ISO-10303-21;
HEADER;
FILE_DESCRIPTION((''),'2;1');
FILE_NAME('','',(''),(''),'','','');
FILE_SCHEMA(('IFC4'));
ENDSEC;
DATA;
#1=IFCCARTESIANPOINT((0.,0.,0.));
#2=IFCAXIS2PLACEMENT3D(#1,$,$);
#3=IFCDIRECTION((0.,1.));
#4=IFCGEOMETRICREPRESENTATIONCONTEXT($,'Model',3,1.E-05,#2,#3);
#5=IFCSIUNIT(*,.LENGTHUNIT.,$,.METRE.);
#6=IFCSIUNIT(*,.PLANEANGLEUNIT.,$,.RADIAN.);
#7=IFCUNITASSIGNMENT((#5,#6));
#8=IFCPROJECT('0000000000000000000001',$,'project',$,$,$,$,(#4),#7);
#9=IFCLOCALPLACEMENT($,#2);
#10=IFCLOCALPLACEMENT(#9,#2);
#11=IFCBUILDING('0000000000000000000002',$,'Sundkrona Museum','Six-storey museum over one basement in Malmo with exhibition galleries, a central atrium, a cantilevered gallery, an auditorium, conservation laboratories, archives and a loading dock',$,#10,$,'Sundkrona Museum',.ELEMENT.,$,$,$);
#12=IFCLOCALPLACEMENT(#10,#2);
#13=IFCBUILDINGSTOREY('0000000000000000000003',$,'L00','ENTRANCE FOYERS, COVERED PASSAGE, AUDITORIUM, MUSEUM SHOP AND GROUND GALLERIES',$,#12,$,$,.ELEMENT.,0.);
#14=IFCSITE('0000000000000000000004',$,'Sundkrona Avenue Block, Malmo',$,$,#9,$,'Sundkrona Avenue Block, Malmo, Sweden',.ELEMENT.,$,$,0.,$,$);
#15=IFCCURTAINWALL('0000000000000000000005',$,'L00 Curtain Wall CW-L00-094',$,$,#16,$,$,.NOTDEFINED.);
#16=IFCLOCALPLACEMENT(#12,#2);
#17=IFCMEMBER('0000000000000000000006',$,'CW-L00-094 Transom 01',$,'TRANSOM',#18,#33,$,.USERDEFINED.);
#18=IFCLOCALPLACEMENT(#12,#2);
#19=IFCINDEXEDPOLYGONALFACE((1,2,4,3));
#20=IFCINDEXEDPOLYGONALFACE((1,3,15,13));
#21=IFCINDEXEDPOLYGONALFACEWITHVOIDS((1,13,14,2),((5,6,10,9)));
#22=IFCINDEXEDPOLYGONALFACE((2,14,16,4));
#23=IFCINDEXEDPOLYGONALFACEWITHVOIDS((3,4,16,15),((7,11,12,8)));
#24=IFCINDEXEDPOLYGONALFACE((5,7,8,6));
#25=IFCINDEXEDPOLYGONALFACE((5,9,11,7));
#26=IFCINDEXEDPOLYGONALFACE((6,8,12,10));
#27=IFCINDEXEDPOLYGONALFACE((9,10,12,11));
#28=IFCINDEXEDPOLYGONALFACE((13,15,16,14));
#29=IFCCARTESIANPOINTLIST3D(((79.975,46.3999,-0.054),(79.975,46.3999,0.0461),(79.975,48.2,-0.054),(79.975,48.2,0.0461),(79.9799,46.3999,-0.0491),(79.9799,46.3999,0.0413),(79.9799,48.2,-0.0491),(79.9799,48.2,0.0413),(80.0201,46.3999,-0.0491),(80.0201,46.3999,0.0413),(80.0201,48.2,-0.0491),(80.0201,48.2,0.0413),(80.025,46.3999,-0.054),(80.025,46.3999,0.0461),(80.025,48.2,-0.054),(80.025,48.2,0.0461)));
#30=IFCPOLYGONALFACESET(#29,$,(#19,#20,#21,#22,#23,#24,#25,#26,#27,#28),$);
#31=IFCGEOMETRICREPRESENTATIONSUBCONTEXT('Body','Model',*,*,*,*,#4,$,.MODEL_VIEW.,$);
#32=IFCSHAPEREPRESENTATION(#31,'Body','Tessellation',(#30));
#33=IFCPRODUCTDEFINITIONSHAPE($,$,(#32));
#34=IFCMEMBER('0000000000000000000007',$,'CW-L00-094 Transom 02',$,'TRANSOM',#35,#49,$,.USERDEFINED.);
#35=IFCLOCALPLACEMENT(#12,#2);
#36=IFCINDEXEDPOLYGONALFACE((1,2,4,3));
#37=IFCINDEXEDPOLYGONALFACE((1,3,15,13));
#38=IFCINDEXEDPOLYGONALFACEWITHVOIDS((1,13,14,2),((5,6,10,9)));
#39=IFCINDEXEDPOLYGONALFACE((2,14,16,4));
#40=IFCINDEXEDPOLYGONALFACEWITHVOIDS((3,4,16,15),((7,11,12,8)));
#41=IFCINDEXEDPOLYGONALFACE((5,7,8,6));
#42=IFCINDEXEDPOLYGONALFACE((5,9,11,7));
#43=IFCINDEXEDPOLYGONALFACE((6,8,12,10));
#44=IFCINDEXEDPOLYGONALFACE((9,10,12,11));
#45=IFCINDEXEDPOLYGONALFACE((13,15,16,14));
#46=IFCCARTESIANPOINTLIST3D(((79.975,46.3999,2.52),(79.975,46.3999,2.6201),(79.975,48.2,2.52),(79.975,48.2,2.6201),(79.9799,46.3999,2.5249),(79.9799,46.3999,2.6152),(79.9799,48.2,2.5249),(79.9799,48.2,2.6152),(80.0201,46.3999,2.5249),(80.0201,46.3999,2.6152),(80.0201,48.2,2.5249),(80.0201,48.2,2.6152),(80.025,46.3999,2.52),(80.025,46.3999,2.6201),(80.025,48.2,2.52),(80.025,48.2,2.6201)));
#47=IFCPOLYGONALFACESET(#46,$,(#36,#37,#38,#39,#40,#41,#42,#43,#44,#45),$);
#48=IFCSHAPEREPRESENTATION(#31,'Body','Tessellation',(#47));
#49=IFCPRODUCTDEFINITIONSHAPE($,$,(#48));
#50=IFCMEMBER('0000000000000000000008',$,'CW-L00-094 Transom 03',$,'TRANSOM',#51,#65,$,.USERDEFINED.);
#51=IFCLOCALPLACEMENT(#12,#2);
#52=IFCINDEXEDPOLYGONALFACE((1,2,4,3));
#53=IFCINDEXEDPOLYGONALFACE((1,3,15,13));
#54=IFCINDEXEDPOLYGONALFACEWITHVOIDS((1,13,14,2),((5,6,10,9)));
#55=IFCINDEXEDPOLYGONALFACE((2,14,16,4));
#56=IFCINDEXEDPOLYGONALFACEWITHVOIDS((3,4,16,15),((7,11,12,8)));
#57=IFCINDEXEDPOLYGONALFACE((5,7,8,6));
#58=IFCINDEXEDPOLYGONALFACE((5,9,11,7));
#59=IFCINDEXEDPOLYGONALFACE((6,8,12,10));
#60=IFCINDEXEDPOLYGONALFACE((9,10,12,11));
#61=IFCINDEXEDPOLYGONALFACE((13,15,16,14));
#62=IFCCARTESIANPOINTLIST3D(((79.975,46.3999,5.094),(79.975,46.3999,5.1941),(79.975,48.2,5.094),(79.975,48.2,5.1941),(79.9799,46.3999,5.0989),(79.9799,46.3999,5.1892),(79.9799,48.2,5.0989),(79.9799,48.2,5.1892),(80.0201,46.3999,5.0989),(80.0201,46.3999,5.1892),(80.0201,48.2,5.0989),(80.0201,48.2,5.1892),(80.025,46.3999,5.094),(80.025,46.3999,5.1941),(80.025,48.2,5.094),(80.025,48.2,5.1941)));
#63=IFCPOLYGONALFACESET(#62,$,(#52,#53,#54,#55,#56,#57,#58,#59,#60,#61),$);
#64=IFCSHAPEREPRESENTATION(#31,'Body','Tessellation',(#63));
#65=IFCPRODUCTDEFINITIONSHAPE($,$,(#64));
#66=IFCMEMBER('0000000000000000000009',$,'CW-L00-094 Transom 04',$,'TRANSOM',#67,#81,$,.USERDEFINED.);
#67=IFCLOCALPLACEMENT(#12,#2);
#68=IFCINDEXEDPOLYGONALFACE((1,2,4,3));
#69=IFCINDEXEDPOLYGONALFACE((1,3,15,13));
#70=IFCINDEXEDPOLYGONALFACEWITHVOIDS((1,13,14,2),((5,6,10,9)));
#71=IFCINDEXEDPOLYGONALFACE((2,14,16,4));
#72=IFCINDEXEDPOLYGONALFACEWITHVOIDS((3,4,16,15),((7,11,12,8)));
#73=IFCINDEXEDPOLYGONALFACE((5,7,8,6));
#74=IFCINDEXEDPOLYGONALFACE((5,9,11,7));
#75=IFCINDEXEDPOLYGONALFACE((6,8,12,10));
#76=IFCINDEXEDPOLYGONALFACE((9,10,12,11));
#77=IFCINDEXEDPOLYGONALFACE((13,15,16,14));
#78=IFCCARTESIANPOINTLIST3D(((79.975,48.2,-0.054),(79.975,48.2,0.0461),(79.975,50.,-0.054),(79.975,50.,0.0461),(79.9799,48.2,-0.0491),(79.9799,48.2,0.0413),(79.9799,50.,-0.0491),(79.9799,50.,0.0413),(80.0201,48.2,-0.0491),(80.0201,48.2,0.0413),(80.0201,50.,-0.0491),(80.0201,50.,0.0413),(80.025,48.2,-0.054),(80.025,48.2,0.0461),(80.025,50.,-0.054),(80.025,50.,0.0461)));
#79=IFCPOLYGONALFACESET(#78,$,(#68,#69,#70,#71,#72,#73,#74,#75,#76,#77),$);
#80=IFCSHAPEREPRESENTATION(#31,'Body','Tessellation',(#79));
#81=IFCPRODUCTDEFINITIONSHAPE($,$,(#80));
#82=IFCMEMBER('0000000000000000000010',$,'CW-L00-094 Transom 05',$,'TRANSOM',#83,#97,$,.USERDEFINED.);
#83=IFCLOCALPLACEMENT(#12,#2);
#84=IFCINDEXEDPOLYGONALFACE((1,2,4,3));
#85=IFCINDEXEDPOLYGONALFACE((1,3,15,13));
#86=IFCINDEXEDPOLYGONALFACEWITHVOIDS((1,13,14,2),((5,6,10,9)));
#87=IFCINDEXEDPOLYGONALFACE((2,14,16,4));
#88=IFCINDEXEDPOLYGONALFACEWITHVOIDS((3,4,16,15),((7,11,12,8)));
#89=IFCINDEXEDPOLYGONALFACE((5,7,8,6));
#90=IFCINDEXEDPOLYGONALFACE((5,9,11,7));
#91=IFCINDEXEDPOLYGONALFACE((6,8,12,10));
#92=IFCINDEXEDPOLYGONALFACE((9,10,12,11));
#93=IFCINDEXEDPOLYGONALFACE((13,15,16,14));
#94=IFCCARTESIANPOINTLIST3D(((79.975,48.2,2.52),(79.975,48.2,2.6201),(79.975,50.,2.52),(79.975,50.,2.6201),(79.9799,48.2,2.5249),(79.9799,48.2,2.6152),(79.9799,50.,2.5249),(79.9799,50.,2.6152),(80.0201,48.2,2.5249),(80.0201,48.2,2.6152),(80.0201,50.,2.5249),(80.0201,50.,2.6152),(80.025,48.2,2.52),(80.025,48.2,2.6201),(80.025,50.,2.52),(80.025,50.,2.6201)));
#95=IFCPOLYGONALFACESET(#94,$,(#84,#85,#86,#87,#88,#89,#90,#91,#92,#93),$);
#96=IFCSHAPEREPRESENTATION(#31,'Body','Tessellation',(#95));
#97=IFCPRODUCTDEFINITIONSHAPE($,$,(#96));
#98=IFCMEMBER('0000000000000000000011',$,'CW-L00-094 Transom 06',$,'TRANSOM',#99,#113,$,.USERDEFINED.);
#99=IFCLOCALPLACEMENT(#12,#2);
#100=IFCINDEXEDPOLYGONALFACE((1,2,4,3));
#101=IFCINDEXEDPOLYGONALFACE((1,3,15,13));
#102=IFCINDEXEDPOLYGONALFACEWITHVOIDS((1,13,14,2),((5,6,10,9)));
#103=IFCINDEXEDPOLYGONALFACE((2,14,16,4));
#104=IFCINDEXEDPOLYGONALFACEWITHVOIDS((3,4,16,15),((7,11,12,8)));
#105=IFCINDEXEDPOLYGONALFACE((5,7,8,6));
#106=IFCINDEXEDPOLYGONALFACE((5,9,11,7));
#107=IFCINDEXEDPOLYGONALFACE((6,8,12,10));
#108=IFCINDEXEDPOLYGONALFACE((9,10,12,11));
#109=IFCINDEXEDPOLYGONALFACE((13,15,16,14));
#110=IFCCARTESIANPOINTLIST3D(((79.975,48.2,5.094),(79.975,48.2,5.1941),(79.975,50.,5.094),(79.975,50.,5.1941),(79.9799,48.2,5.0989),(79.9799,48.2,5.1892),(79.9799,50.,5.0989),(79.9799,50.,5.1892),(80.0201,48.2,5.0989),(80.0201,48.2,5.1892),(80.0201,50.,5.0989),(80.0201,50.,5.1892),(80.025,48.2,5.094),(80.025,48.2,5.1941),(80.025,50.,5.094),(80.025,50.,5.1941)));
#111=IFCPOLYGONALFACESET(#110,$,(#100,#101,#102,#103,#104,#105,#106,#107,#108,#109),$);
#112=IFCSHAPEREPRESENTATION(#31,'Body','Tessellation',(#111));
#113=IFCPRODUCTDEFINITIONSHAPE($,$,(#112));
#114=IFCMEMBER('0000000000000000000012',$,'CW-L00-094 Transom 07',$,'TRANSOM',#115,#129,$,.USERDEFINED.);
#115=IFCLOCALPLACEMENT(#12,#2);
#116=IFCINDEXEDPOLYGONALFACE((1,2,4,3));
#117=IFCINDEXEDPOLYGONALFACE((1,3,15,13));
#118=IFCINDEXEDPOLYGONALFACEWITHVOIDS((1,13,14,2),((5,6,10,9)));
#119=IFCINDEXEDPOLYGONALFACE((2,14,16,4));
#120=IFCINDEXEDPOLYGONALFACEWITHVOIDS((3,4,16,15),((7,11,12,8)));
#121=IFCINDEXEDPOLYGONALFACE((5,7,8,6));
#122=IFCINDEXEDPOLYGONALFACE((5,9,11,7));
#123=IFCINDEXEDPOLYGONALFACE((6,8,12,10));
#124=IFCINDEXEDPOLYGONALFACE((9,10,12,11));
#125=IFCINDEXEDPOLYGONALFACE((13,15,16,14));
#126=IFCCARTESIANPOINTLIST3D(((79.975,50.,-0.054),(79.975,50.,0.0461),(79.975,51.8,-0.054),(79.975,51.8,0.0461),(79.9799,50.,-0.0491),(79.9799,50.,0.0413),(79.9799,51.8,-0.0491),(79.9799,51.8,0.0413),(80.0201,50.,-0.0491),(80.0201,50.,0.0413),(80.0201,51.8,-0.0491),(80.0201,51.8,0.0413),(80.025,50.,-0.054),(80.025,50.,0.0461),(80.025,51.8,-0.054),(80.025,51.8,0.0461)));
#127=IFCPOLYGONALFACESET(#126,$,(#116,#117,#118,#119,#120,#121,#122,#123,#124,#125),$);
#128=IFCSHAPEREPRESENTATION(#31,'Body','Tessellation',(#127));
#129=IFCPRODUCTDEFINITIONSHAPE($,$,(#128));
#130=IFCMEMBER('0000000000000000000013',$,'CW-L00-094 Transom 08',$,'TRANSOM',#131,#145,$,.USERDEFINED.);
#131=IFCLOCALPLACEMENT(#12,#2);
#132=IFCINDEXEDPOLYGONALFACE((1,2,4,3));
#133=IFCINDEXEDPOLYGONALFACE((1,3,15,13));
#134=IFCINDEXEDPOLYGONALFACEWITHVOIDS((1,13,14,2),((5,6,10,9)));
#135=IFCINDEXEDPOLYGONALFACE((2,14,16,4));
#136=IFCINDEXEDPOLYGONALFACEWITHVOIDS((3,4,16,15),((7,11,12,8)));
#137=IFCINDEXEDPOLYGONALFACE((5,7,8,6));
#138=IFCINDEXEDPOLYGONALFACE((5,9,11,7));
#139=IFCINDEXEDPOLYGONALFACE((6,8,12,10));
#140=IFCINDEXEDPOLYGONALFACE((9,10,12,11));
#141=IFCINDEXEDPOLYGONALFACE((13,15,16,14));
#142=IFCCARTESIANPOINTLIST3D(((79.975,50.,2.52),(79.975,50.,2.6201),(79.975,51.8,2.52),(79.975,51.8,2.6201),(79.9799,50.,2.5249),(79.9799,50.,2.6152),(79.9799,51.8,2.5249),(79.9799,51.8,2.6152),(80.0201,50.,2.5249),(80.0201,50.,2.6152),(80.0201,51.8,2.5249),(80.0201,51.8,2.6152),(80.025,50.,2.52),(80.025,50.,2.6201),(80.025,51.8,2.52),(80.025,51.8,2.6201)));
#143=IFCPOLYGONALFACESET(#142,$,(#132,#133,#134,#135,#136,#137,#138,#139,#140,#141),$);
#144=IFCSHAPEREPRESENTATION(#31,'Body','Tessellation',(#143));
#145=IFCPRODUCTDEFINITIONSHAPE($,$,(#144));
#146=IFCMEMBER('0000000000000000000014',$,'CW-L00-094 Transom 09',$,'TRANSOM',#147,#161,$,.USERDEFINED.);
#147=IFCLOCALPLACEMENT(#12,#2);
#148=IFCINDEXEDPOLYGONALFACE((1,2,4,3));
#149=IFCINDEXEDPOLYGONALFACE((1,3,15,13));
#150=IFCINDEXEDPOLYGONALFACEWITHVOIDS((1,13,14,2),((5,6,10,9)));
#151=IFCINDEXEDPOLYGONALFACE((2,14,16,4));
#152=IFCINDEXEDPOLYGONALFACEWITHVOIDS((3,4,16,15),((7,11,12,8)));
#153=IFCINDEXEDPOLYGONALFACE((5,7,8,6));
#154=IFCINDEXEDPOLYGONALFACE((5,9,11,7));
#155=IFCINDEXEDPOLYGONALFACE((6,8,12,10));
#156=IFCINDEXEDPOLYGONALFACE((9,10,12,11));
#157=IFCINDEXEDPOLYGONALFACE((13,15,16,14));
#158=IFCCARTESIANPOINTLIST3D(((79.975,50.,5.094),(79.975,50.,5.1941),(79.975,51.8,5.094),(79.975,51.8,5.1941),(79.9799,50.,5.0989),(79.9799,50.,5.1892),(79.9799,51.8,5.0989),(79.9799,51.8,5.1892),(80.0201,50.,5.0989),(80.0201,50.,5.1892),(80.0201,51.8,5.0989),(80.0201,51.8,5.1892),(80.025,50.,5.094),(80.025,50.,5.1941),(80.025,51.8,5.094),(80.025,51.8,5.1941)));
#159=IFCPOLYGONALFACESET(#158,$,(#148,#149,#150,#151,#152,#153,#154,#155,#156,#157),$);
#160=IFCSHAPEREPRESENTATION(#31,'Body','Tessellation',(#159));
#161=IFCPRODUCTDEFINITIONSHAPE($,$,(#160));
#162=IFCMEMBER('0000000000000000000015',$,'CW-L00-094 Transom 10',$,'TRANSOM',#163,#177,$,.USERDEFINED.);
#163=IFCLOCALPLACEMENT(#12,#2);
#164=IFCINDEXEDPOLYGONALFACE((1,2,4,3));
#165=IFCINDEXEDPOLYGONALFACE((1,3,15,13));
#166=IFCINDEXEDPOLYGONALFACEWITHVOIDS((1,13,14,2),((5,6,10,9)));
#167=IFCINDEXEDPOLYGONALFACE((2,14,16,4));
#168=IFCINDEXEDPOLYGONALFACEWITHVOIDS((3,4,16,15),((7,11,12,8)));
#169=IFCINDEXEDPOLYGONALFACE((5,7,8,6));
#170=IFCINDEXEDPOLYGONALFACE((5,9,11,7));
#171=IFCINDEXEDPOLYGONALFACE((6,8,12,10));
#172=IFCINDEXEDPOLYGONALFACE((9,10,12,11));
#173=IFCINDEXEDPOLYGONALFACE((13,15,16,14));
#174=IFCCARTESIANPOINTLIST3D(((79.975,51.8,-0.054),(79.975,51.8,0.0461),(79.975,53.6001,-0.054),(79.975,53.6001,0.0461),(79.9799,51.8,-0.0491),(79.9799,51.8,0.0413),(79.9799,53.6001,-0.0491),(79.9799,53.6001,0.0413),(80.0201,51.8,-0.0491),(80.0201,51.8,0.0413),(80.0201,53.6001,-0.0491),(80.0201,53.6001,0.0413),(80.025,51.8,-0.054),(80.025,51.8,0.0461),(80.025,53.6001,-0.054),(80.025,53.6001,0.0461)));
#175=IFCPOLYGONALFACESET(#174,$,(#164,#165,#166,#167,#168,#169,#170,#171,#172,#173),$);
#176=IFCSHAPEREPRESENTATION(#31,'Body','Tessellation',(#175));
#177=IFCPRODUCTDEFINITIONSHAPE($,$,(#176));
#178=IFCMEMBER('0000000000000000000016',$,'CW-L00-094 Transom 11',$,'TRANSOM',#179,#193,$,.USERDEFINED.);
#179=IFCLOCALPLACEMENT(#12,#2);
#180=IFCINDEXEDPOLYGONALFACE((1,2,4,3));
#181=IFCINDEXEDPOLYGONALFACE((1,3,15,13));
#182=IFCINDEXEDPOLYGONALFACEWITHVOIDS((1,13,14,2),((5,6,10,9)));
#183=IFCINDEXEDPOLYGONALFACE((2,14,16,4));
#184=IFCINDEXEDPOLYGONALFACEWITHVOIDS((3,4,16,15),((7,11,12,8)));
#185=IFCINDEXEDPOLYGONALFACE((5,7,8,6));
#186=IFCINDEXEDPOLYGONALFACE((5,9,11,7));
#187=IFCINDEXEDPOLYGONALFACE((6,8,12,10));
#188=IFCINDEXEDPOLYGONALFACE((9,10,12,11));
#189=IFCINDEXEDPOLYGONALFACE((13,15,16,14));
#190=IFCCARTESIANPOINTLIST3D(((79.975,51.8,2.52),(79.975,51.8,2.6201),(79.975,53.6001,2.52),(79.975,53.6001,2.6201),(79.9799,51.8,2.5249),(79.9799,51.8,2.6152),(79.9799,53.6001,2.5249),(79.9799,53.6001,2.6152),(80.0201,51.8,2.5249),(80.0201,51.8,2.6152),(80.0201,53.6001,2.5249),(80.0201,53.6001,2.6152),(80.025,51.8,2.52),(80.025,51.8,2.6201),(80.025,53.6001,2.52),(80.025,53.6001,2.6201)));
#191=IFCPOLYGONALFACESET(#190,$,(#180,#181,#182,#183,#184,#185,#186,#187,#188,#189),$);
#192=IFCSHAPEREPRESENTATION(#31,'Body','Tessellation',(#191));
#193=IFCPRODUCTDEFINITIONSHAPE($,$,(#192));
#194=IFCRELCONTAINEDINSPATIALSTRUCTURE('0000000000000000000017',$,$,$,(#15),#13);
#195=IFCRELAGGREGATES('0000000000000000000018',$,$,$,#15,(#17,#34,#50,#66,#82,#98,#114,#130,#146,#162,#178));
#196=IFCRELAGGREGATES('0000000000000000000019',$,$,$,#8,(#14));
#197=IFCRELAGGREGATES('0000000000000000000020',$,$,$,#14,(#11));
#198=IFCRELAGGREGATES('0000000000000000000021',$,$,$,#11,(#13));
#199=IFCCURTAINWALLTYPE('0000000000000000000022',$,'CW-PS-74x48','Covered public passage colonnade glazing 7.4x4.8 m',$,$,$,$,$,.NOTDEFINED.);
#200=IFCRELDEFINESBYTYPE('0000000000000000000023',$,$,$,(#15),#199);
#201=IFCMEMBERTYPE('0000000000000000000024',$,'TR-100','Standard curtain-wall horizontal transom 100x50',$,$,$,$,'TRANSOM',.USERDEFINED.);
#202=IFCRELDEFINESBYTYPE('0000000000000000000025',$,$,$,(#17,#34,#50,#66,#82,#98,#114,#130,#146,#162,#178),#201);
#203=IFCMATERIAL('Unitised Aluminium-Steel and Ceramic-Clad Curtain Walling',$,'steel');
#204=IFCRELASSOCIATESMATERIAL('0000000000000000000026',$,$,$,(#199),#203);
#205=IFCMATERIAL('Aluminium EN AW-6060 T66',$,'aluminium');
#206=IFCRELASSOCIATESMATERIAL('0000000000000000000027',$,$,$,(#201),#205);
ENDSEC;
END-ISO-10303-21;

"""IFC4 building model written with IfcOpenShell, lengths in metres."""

from ifc_helpers import new_model, si_unit, direction, frame, origin, origin_2d, place, context, subcontext, project, spatial, hollow_rectangle, extrude, material, material_profile, profile_set, type_object, element, aggregate, save


model = new_model("IFC4")

# Units and contexts
model_context = context("Model", 3, precision=1e-05, world=origin(), true_north=direction((0.0, 1.0)))
body_context = subcontext(model_context, "Body", "Model", "MODEL_VIEW")
ifc_project = project(units=[si_unit("LENGTHUNIT", "METRE"), si_unit("PLANEANGLEUNIT", "RADIAN")], contexts=[model_context])

# Site, building, storey
site_placement = place(None, origin())
site = spatial("IfcSite", under=ifc_project, at=site_placement, Name="Sundkrona Avenue Block, Malmo", LongName="Sundkrona Avenue Block, Malmo, Sweden", CompositionType="ELEMENT", RefElevation=0.0)
building_placement = place(site_placement, origin())
building = spatial("IfcBuilding", under=site, at=building_placement, Name="Sundkrona Museum", Description="Six-storey museum over one basement in Malmo with exhibition galleries, a central atrium, a cantilevered gallery, an auditorium, conservation laboratories, archives and a loading dock", LongName="Sundkrona Museum", CompositionType="ELEMENT")
storey_placement = place(building_placement, origin())
storey = spatial("IfcBuildingStorey", under=building, at=storey_placement, Name="L00", Description="ENTRANCE FOYERS, COVERED PASSAGE, AUDITORIUM, MUSEUM SHOP AND GROUND GALLERIES", CompositionType="ELEMENT", Elevation=0.0)

# Curtain wall
ifc_material_1 = material(Name="Unitised Aluminium-Steel and Ceramic-Clad Curtain Walling", Category="steel")
curtain_wall_type = type_object("IfcCurtainWallType", Name="CW-PS-74x48", Description="Covered public passage colonnade glazing 7.4x4.8 m", PredefinedType="NOTDEFINED", material=ifc_material_1)
curtain_wall_placement = place(storey_placement, origin())
curtain_wall = element("IfcCurtainWall", 1, at=curtain_wall_placement, inside=storey, type_object=curtain_wall_type, Name="L00 Curtain Wall CW-L00-094", PredefinedType="NOTDEFINED")
ifc_material_2 = material(Name="Aluminium EN AW-6060 T66", Category="aluminium")

# Members
ifc_material_profile_1 = material_profile(ifc_material_2, hollow_rectangle(XDim=0.05, YDim=0.1001, WallThickness=0.0049, at=origin_2d()), Name="RHS 100x50x5.0")
ifc_profile_set_1 = profile_set([ifc_material_profile_1], Name="Aluminium EN AW-6060 T66")
member_type_1 = type_object("IfcMemberType", Name="TR-100", Description="Standard curtain-wall horizontal transom 100x50", ElementType="TRANSOM", PredefinedType="USERDEFINED", material=ifc_profile_set_1)
member_1_placement = place(storey_placement, frame((80.0, 46.3999, -0.0039), z_axis=(0.0, 1.0, 0.0), x_axis=(-1.0, 0.0, 0.0)))
member_1 = element("IfcMember", 2, at=member_1_placement, type_object=member_type_1, Name="CW-L00-094 Transom 01", ObjectType="TRANSOM", PredefinedType="USERDEFINED", context=body_context, shape_type="SweptSolid", body=[
    extrude(hollow_rectangle(XDim=0.05, YDim=0.1001, WallThickness=0.0049, at=origin_2d()), origin(), (0.0, 0.0, 1.0), 1.8),
])
member_2_placement = place(storey_placement, frame((80.0, 46.3999, 2.5701), z_axis=(0.0, 1.0, 0.0), x_axis=(-1.0, 0.0, 0.0)))
member_2 = element("IfcMember", 3, at=member_2_placement, type_object=member_type_1, Name="CW-L00-094 Transom 02", ObjectType="TRANSOM", PredefinedType="USERDEFINED", context=body_context, shape_type="SweptSolid", body=[
    extrude(hollow_rectangle(XDim=0.05, YDim=0.1001, WallThickness=0.0049, at=origin_2d()), origin(), (0.0, 0.0, 1.0), 1.8),
])
member_3_placement = place(storey_placement, frame((80.0, 46.3999, 5.144), z_axis=(0.0, 1.0, 0.0), x_axis=(-1.0, 0.0, 0.0)))
member_3 = element("IfcMember", 4, at=member_3_placement, type_object=member_type_1, Name="CW-L00-094 Transom 03", ObjectType="TRANSOM", PredefinedType="USERDEFINED", context=body_context, shape_type="SweptSolid", body=[
    extrude(hollow_rectangle(XDim=0.05, YDim=0.1001, WallThickness=0.0049, at=origin_2d()), origin(), (0.0, 0.0, 1.0), 1.8),
])
member_4_placement = place(storey_placement, frame((80.0, 48.2, -0.0039), z_axis=(0.0, 1.0, 0.0), x_axis=(-1.0, 0.0, 0.0)))
member_4 = element("IfcMember", 5, at=member_4_placement, type_object=member_type_1, Name="CW-L00-094 Transom 04", ObjectType="TRANSOM", PredefinedType="USERDEFINED", context=body_context, shape_type="SweptSolid", body=[
    extrude(hollow_rectangle(XDim=0.05, YDim=0.1001, WallThickness=0.0049, at=origin_2d()), origin(), (0.0, 0.0, 1.0), 1.8),
])
member_5_placement = place(storey_placement, frame((80.0, 48.2, 2.5701), z_axis=(0.0, 1.0, 0.0), x_axis=(-1.0, 0.0, 0.0)))
member_5 = element("IfcMember", 6, at=member_5_placement, type_object=member_type_1, Name="CW-L00-094 Transom 05", ObjectType="TRANSOM", PredefinedType="USERDEFINED", context=body_context, shape_type="SweptSolid", body=[
    extrude(hollow_rectangle(XDim=0.05, YDim=0.1001, WallThickness=0.0049, at=origin_2d()), origin(), (0.0, 0.0, 1.0), 1.8),
])
member_6_placement = place(storey_placement, frame((80.0, 48.2, 5.144), z_axis=(0.0, 1.0, 0.0), x_axis=(-1.0, 0.0, 0.0)))
member_6 = element("IfcMember", 7, at=member_6_placement, type_object=member_type_1, Name="CW-L00-094 Transom 06", ObjectType="TRANSOM", PredefinedType="USERDEFINED", context=body_context, shape_type="SweptSolid", body=[
    extrude(hollow_rectangle(XDim=0.05, YDim=0.1001, WallThickness=0.0049, at=origin_2d()), origin(), (0.0, 0.0, 1.0), 1.8),
])
member_7_placement = place(storey_placement, frame((80.0, 50.0, -0.0039), z_axis=(0.0, 1.0, 0.0), x_axis=(-1.0, 0.0, 0.0)))
member_7 = element("IfcMember", 8, at=member_7_placement, type_object=member_type_1, Name="CW-L00-094 Transom 07", ObjectType="TRANSOM", PredefinedType="USERDEFINED", context=body_context, shape_type="SweptSolid", body=[
    extrude(hollow_rectangle(XDim=0.05, YDim=0.1001, WallThickness=0.0049, at=origin_2d()), origin(), (0.0, 0.0, 1.0), 1.8),
])
member_8_placement = place(storey_placement, frame((80.0, 50.0, 2.5701), z_axis=(0.0, 1.0, 0.0), x_axis=(-1.0, 0.0, 0.0)))
member_8 = element("IfcMember", 9, at=member_8_placement, type_object=member_type_1, Name="CW-L00-094 Transom 08", ObjectType="TRANSOM", PredefinedType="USERDEFINED", context=body_context, shape_type="SweptSolid", body=[
    extrude(hollow_rectangle(XDim=0.05, YDim=0.1001, WallThickness=0.0049, at=origin_2d()), origin(), (0.0, 0.0, 1.0), 1.8),
])
member_9_placement = place(storey_placement, frame((80.0, 50.0, 5.144), z_axis=(0.0, 1.0, 0.0), x_axis=(-1.0, 0.0, 0.0)))
member_9 = element("IfcMember", 10, at=member_9_placement, type_object=member_type_1, Name="CW-L00-094 Transom 09", ObjectType="TRANSOM", PredefinedType="USERDEFINED", context=body_context, shape_type="SweptSolid", body=[
    extrude(hollow_rectangle(XDim=0.05, YDim=0.1001, WallThickness=0.0049, at=origin_2d()), origin(), (0.0, 0.0, 1.0), 1.8),
])
member_10_placement = place(storey_placement, frame((80.0, 51.8, -0.0039), z_axis=(0.0, 1.0, 0.0), x_axis=(-1.0, 0.0, 0.0)))
member_10 = element("IfcMember", 11, at=member_10_placement, type_object=member_type_1, Name="CW-L00-094 Transom 10", ObjectType="TRANSOM", PredefinedType="USERDEFINED", context=body_context, shape_type="SweptSolid", body=[
    extrude(hollow_rectangle(XDim=0.05, YDim=0.1001, WallThickness=0.0049, at=origin_2d()), origin(), (0.0, 0.0, 1.0), 1.8),
])
member_11_placement = place(storey_placement, frame((80.0, 51.8, 2.5701), z_axis=(0.0, 1.0, 0.0), x_axis=(-1.0, 0.0, 0.0)))
member_11 = element("IfcMember", 12, at=member_11_placement, type_object=member_type_1, Name="CW-L00-094 Transom 11", ObjectType="TRANSOM", PredefinedType="USERDEFINED", context=body_context, shape_type="SweptSolid", body=[
    extrude(hollow_rectangle(XDim=0.05, YDim=0.1001, WallThickness=0.0049, at=origin_2d()), origin(), (0.0, 0.0, 1.0), 1.8),
])

aggregate(curtain_wall, [member_1, member_2, member_3, member_4, member_5, member_6, member_7, member_8, member_9, member_10, member_11])

save(model, "model.ifc")
